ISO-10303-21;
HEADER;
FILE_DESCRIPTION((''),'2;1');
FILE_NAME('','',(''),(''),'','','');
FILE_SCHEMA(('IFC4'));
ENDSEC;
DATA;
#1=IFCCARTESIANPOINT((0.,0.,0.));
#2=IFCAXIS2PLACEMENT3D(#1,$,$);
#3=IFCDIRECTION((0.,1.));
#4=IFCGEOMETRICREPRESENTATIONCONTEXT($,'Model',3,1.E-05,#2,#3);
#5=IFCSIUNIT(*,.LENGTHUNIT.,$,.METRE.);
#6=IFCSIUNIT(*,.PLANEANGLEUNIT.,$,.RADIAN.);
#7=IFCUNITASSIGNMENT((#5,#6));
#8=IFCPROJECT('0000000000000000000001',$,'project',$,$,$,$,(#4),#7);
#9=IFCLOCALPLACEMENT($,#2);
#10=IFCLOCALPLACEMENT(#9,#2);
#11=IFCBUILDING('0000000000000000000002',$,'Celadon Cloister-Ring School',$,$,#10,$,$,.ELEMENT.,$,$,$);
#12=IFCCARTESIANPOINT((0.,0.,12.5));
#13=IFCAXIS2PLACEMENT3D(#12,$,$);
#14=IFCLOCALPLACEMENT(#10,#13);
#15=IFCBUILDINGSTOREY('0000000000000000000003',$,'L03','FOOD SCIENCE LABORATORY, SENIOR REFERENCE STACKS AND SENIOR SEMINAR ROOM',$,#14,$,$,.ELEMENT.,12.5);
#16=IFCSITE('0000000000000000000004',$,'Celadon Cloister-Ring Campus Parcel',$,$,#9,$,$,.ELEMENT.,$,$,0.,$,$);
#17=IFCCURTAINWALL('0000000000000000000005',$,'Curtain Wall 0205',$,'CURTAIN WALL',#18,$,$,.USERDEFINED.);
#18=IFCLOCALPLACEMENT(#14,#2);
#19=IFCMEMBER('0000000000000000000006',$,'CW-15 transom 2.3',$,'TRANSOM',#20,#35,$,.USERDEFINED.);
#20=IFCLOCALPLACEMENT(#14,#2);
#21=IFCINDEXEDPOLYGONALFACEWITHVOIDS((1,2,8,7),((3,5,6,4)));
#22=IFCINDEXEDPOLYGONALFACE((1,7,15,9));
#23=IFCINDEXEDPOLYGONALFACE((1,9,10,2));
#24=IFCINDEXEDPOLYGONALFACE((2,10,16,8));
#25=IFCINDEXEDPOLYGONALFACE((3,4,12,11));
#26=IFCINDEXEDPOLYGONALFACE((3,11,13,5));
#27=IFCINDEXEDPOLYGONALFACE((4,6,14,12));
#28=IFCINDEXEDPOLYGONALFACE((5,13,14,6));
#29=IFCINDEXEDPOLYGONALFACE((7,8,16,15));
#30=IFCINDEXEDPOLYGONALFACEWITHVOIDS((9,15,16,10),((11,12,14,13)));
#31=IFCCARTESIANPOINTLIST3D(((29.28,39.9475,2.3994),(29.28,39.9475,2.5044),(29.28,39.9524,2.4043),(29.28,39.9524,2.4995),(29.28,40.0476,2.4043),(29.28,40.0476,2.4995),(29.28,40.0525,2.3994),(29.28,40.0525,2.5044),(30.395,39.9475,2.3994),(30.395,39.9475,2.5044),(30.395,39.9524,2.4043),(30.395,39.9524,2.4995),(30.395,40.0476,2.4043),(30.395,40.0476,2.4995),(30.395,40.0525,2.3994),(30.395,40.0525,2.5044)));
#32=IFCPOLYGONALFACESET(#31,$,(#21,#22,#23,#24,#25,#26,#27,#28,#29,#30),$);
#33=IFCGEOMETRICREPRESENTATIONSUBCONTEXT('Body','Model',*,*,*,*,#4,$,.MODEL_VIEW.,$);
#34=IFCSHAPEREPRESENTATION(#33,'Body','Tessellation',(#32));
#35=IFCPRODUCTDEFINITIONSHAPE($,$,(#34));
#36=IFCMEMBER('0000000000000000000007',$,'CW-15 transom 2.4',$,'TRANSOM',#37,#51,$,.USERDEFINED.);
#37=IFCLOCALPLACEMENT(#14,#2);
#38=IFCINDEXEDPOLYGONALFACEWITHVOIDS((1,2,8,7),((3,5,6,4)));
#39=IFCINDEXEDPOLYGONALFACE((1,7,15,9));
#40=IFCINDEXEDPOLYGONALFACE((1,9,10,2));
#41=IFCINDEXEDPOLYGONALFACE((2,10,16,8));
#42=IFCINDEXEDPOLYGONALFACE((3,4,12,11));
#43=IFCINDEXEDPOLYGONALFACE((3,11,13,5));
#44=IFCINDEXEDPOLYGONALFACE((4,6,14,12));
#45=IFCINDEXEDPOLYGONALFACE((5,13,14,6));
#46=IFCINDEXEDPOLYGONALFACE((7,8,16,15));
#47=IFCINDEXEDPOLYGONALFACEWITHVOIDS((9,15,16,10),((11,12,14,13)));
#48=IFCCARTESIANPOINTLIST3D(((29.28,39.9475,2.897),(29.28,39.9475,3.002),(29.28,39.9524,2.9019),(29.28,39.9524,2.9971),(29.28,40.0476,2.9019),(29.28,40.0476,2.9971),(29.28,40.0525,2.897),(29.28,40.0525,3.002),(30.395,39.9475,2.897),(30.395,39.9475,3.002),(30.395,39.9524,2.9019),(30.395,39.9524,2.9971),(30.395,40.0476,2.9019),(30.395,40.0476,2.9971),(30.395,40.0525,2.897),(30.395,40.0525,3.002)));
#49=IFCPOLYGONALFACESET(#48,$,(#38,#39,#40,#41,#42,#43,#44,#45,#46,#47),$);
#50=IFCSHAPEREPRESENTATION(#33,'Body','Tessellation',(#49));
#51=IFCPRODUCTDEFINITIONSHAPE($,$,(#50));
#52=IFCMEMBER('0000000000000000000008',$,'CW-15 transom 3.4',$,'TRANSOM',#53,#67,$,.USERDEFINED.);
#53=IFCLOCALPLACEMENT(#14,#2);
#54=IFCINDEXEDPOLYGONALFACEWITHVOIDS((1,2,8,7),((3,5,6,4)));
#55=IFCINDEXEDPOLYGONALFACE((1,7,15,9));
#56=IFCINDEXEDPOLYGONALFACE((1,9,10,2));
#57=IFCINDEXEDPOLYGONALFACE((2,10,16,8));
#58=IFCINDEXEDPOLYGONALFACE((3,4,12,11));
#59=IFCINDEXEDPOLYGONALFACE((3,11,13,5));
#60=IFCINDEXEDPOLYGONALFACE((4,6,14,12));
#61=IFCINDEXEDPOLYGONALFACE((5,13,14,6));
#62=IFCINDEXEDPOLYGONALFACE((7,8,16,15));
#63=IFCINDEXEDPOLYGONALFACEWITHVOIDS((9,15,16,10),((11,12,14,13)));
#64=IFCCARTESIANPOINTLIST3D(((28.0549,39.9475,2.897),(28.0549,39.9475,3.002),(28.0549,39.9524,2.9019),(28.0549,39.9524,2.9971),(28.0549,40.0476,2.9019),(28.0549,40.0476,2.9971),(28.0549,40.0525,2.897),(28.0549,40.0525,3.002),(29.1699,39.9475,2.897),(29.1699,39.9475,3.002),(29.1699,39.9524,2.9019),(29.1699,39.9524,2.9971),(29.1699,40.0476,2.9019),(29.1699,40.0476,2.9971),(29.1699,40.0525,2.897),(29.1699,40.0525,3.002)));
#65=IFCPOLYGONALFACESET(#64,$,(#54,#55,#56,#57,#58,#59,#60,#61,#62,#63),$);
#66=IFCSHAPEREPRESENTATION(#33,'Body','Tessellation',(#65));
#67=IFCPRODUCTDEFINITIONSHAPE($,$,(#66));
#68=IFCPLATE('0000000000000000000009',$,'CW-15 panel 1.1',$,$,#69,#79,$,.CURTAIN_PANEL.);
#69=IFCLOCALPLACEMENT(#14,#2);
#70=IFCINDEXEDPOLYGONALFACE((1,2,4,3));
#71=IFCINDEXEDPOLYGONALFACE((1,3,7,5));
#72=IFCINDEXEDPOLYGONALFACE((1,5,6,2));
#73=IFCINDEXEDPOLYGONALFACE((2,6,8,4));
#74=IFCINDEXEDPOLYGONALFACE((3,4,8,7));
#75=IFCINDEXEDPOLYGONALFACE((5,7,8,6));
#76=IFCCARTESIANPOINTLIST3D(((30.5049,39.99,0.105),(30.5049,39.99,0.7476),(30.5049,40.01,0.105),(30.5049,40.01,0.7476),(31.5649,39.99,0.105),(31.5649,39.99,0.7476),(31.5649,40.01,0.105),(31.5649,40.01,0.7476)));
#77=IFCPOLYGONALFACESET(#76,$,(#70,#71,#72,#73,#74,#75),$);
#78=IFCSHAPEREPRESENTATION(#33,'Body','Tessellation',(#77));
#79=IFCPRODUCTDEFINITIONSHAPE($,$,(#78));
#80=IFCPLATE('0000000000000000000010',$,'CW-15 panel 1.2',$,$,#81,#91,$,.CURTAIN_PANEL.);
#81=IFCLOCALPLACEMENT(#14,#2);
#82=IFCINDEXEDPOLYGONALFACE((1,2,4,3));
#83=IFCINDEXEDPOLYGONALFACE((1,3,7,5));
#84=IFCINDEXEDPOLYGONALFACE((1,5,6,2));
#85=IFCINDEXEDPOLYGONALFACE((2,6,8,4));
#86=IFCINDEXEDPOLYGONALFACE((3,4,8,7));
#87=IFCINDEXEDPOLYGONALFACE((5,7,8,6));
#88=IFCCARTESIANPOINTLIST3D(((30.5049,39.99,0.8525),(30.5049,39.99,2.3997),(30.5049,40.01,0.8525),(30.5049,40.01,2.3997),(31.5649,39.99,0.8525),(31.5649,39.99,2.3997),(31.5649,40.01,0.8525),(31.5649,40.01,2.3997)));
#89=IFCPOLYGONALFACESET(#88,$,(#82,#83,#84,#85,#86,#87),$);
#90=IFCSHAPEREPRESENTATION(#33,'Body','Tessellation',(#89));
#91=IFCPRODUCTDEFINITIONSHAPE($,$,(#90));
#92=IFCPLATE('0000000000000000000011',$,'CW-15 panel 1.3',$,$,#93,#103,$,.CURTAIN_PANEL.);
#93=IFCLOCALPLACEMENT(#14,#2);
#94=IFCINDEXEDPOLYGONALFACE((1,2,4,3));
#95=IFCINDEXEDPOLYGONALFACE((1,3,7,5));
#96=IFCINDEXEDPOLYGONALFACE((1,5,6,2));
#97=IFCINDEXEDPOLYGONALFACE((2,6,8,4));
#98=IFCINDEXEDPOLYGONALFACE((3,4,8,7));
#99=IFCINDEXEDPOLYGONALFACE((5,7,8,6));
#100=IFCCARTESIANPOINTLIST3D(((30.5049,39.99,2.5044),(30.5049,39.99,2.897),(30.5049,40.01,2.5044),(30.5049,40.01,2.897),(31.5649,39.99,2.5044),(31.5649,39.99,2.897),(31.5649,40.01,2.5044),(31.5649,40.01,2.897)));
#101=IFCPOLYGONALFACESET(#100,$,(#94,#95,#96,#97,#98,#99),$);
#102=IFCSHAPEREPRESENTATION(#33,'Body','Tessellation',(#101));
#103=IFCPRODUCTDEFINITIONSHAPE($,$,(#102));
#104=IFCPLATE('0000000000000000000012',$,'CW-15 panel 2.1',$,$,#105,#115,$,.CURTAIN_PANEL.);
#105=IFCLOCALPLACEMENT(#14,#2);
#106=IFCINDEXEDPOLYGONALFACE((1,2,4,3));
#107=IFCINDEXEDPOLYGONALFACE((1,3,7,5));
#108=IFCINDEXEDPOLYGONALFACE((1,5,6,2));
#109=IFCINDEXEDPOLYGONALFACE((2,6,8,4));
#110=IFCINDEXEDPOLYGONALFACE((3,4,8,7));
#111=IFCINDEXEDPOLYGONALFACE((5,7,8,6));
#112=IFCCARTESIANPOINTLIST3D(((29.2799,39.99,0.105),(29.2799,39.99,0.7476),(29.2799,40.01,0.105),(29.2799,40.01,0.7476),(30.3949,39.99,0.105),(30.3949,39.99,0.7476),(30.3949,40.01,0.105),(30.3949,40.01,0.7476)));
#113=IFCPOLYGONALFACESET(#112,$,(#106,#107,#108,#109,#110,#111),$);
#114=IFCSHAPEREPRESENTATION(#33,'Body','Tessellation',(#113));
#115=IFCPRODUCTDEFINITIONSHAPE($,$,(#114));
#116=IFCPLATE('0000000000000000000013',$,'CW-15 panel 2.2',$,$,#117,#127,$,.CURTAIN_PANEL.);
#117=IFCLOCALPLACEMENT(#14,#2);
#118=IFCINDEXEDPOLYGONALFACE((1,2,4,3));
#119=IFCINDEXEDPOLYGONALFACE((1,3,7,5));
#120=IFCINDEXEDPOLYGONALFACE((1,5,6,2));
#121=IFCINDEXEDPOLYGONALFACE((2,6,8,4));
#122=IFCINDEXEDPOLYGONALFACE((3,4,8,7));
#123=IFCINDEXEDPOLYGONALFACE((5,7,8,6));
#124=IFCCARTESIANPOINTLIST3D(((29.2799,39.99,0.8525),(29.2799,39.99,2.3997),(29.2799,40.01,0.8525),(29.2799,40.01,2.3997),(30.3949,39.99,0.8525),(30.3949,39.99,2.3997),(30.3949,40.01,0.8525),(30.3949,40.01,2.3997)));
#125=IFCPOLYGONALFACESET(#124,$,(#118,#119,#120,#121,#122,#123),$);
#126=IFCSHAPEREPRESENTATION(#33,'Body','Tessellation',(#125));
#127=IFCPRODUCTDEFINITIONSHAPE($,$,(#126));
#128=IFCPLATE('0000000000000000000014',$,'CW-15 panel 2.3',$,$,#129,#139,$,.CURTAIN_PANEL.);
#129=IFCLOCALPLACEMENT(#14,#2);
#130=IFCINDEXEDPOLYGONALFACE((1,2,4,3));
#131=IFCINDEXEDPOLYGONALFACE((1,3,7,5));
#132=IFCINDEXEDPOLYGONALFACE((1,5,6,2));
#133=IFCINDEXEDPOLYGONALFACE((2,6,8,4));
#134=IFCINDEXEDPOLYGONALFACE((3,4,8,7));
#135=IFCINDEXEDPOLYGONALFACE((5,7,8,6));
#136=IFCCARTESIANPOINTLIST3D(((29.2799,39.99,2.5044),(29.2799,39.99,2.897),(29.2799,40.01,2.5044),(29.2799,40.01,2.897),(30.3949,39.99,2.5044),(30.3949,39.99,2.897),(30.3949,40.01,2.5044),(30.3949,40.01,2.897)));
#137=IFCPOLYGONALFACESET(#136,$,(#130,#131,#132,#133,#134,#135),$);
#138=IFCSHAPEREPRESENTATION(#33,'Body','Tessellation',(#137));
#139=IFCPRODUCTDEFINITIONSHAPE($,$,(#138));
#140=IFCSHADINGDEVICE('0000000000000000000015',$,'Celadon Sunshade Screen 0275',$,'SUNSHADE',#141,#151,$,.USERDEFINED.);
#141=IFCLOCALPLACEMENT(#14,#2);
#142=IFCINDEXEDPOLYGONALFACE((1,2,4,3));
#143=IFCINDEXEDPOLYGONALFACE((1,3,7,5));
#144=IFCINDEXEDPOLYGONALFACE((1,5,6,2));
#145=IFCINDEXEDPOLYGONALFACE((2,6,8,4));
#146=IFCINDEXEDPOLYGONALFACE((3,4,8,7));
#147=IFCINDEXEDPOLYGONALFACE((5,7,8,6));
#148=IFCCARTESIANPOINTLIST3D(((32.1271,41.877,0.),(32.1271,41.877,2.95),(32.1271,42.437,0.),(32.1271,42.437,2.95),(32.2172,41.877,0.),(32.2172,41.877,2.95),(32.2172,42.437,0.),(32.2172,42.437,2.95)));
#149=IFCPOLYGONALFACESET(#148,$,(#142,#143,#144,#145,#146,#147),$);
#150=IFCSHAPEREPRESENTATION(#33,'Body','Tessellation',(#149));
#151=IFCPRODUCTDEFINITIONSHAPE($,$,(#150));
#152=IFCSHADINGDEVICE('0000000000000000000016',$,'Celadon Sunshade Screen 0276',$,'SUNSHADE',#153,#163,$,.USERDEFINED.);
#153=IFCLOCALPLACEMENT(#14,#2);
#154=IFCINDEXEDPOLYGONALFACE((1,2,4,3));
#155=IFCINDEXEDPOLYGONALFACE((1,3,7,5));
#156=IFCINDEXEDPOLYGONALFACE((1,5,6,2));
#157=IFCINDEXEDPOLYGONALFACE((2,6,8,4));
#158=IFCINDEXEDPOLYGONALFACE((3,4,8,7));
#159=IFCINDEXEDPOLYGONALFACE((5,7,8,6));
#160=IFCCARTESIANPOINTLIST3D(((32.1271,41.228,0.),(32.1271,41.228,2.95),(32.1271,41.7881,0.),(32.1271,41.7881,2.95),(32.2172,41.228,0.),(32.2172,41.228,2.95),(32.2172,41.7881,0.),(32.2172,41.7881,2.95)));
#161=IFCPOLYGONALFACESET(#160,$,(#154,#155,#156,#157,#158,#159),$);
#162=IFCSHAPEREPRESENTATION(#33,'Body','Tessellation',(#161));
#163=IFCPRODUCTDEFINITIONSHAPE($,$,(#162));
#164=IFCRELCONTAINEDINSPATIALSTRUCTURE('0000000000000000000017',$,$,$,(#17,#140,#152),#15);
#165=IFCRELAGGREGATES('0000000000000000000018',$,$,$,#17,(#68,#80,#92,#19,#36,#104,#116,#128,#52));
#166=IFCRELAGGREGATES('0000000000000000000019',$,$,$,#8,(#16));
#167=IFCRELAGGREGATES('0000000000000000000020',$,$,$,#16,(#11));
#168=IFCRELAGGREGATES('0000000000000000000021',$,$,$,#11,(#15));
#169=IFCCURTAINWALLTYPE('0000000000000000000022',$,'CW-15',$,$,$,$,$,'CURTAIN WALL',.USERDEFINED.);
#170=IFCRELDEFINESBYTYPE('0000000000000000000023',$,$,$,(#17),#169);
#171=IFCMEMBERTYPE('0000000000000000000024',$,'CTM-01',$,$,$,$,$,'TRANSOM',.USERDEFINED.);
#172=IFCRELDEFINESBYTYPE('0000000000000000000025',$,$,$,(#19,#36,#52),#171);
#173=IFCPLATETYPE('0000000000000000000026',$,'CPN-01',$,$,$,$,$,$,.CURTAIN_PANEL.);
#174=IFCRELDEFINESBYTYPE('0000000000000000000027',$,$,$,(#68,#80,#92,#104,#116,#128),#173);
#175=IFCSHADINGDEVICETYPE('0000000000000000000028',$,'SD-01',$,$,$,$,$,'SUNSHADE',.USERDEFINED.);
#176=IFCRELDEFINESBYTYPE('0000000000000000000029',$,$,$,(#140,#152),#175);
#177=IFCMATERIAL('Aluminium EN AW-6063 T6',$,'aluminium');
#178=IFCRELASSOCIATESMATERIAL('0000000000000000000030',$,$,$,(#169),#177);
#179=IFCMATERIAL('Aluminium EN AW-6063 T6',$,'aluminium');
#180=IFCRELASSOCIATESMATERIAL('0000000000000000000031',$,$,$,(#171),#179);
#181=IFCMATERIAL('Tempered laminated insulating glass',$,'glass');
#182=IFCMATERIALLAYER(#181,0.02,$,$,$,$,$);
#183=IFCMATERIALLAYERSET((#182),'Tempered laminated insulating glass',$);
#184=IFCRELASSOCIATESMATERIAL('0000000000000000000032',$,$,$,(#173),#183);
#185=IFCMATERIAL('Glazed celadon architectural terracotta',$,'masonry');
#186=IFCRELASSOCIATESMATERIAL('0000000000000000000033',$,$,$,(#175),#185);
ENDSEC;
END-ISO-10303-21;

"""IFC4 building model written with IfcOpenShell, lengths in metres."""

from ifc_helpers import new_model, si_unit, direction, frame, origin, origin_2d, place, context, subcontext, project, spatial, rectangle, hollow_rectangle, extrude, material, layer, layer_set, material_profile, profile_set, type_object, element, aggregate, save


model = new_model("IFC4")

# Units and contexts
model_context = context("Model", 3, precision=1e-05, world=origin(), true_north=direction((0.0, 1.0)))
body_context = subcontext(model_context, "Body", "Model", "MODEL_VIEW")
ifc_project = project(units=[si_unit("LENGTHUNIT", "METRE"), si_unit("PLANEANGLEUNIT", "RADIAN")], contexts=[model_context])

# Site, building, storey
site_placement = place(None, origin())
site = spatial("IfcSite", under=ifc_project, at=site_placement, Name="Celadon Cloister-Ring Campus Parcel", CompositionType="ELEMENT", RefElevation=0.0)
building_placement = place(site_placement, origin())
building = spatial("IfcBuilding", under=site, at=building_placement, Name="Celadon Cloister-Ring School", CompositionType="ELEMENT")
storey_placement = place(building_placement, frame((0.0, 0.0, 12.5)))
storey = spatial("IfcBuildingStorey", under=building, at=storey_placement, Name="L03", Description="FOOD SCIENCE LABORATORY, SENIOR REFERENCE STACKS AND SENIOR SEMINAR ROOM", CompositionType="ELEMENT", Elevation=12.5)

# Curtain wall, members, plates
ifc_material_1 = material(Name="Aluminium EN AW-6063 T6", Category="aluminium")
curtain_wall_type = type_object("IfcCurtainWallType", Name="CW-15", ElementType="CURTAIN WALL", PredefinedType="USERDEFINED", material=ifc_material_1)
curtain_wall_placement = place(storey_placement, origin())
curtain_wall = element("IfcCurtainWall", 1, at=curtain_wall_placement, inside=storey, type_object=curtain_wall_type, Name="Curtain Wall 0205", ObjectType="CURTAIN WALL", PredefinedType="USERDEFINED")
ifc_material_2 = material(Name="Aluminium EN AW-6063 T6", Category="aluminium")
ifc_material_profile_1 = material_profile(ifc_material_2, hollow_rectangle(XDim=0.105, YDim=0.105, WallThickness=0.0049, at=origin_2d()), Name="RHS105X105X5")
ifc_profile_set_1 = profile_set([ifc_material_profile_1], Name="Aluminium EN AW-6063 T6")
member_type_1 = type_object("IfcMemberType", Name="CTM-01", ElementType="TRANSOM", PredefinedType="USERDEFINED", material=ifc_profile_set_1)
member_1_placement = place(storey_placement, frame((30.395, 40.0, 2.4519), z_axis=(-1.0, 0.0, 0.0), x_axis=(0.0, -1.0, 0.0)))
member_1 = element("IfcMember", 2, at=member_1_placement, type_object=member_type_1, Name="CW-15 transom 2.3", ObjectType="TRANSOM", PredefinedType="USERDEFINED", context=body_context, shape_type="SweptSolid", body=[
    extrude(hollow_rectangle(XDim=0.105, YDim=0.105, WallThickness=0.0049, at=origin_2d()), origin(), (0.0, 0.0, 1.0), 1.115),
])
member_2_placement = place(storey_placement, frame((30.395, 40.0, 2.9495), z_axis=(-1.0, 0.0, 0.0), x_axis=(0.0, -1.0, 0.0)))
member_2 = element("IfcMember", 3, at=member_2_placement, type_object=member_type_1, Name="CW-15 transom 2.4", ObjectType="TRANSOM", PredefinedType="USERDEFINED", context=body_context, shape_type="SweptSolid", body=[
    extrude(hollow_rectangle(XDim=0.105, YDim=0.105, WallThickness=0.0049, at=origin_2d()), origin(), (0.0, 0.0, 1.0), 1.115),
])
member_3_placement = place(storey_placement, frame((29.1699, 40.0, 2.9495), z_axis=(-1.0, 0.0, 0.0), x_axis=(0.0, -1.0, 0.0)))
member_3 = element("IfcMember", 4, at=member_3_placement, type_object=member_type_1, Name="CW-15 transom 3.4", ObjectType="TRANSOM", PredefinedType="USERDEFINED", context=body_context, shape_type="SweptSolid", body=[
    extrude(hollow_rectangle(XDim=0.105, YDim=0.105, WallThickness=0.0049, at=origin_2d()), origin(), (0.0, 0.0, 1.0), 1.115),
])
ifc_material_3 = material(Name="Tempered laminated insulating glass", Category="glass")
ifc_layer = layer(ifc_material_3, 0.02)
ifc_layer_set = layer_set([ifc_layer], Name="Tempered laminated insulating glass")
plate_type = type_object("IfcPlateType", Name="CPN-01", PredefinedType="CURTAIN_PANEL", material=ifc_layer_set)
plate_1_placement = place(storey_placement, frame((31.0349, 40.0, 0.105), z_axis=(0.0, 0.0, 1.0), x_axis=(-1.0, 0.0, 0.0)))
plate_1 = element("IfcPlate", 5, at=plate_1_placement, type_object=plate_type, Name="CW-15 panel 1.1", PredefinedType="CURTAIN_PANEL", context=body_context, shape_type="SweptSolid", body=[
    extrude(rectangle(XDim=1.0601, YDim=0.02, at=origin_2d()), origin(), (0.0, 0.0, 1.0), 0.6426),
])
plate_2_placement = place(storey_placement, frame((31.0349, 40.0, 0.8525), z_axis=(0.0, 0.0, 1.0), x_axis=(-1.0, 0.0, 0.0)))
plate_2 = element("IfcPlate", 6, at=plate_2_placement, type_object=plate_type, Name="CW-15 panel 1.2", PredefinedType="CURTAIN_PANEL", context=body_context, shape_type="SweptSolid", body=[
    extrude(rectangle(XDim=1.0601, YDim=0.02, at=origin_2d()), origin(), (0.0, 0.0, 1.0), 1.5471),
])
plate_3_placement = place(storey_placement, frame((31.0349, 40.0, 2.5044), z_axis=(0.0, 0.0, 1.0), x_axis=(-1.0, 0.0, 0.0)))
plate_3 = element("IfcPlate", 7, at=plate_3_placement, type_object=plate_type, Name="CW-15 panel 1.3", PredefinedType="CURTAIN_PANEL", context=body_context, shape_type="SweptSolid", body=[
    extrude(rectangle(XDim=1.0601, YDim=0.02, at=origin_2d()), origin(), (0.0, 0.0, 1.0), 0.3926),
])
plate_4_placement = place(storey_placement, frame((29.8374, 40.0, 0.105), z_axis=(0.0, 0.0, 1.0), x_axis=(-1.0, 0.0, 0.0)))
plate_4 = element("IfcPlate", 8, at=plate_4_placement, type_object=plate_type, Name="CW-15 panel 2.1", PredefinedType="CURTAIN_PANEL", context=body_context, shape_type="SweptSolid", body=[
    extrude(rectangle(XDim=1.115, YDim=0.02, at=origin_2d()), origin(), (0.0, 0.0, 1.0), 0.6426),
])
plate_5_placement = place(storey_placement, frame((29.8374, 40.0, 0.8525), z_axis=(0.0, 0.0, 1.0), x_axis=(-1.0, 0.0, 0.0)))
plate_5 = element("IfcPlate", 9, at=plate_5_placement, type_object=plate_type, Name="CW-15 panel 2.2", PredefinedType="CURTAIN_PANEL", context=body_context, shape_type="SweptSolid", body=[
    extrude(rectangle(XDim=1.115, YDim=0.02, at=origin_2d()), origin(), (0.0, 0.0, 1.0), 1.5471),
])
plate_6_placement = place(storey_placement, frame((29.8374, 40.0, 2.5044), z_axis=(0.0, 0.0, 1.0), x_axis=(-1.0, 0.0, 0.0)))
plate_6 = element("IfcPlate", 10, at=plate_6_placement, type_object=plate_type, Name="CW-15 panel 2.3", PredefinedType="CURTAIN_PANEL", context=body_context, shape_type="SweptSolid", body=[
    extrude(rectangle(XDim=1.115, YDim=0.02, at=origin_2d()), origin(), (0.0, 0.0, 1.0), 0.3926),
])
aggregate(curtain_wall, [plate_1, plate_2, plate_3, member_1, member_2, plate_4, plate_5, plate_6, member_3])

# Shading devices
ifc_material_4 = material(Name="Glazed celadon architectural terracotta", Category="masonry")
shading_device_type = type_object("IfcShadingDeviceType", Name="SD-01", ElementType="SUNSHADE", PredefinedType="USERDEFINED", material=ifc_material_4)
for number, where, z_axis, x_axis, name in (
    (11, (32.1721, 42.157, 0.0), (0.0, 0.0, 1.0), (0.0, -1.0, 0.0), "Celadon Sunshade Screen 0275"),
    (12, (32.1721, 41.5081, 0.0), (0.0, 0.0, 1.0), (0.0, -1.0, 0.0), "Celadon Sunshade Screen 0276"),
):
    element("IfcShadingDevice", number, at=place(storey_placement, frame(where, z_axis=z_axis, x_axis=x_axis)), inside=storey, type_object=shading_device_type, Name=name, ObjectType="SUNSHADE", PredefinedType="USERDEFINED", context=body_context, shape_type="SweptSolid", body=[
        extrude(rectangle(XDim=0.5601, YDim=0.0901, at=origin_2d()), origin(), (0.0, 0.0, 1.0), 2.95),
    ])

save(model, "model.ifc")
